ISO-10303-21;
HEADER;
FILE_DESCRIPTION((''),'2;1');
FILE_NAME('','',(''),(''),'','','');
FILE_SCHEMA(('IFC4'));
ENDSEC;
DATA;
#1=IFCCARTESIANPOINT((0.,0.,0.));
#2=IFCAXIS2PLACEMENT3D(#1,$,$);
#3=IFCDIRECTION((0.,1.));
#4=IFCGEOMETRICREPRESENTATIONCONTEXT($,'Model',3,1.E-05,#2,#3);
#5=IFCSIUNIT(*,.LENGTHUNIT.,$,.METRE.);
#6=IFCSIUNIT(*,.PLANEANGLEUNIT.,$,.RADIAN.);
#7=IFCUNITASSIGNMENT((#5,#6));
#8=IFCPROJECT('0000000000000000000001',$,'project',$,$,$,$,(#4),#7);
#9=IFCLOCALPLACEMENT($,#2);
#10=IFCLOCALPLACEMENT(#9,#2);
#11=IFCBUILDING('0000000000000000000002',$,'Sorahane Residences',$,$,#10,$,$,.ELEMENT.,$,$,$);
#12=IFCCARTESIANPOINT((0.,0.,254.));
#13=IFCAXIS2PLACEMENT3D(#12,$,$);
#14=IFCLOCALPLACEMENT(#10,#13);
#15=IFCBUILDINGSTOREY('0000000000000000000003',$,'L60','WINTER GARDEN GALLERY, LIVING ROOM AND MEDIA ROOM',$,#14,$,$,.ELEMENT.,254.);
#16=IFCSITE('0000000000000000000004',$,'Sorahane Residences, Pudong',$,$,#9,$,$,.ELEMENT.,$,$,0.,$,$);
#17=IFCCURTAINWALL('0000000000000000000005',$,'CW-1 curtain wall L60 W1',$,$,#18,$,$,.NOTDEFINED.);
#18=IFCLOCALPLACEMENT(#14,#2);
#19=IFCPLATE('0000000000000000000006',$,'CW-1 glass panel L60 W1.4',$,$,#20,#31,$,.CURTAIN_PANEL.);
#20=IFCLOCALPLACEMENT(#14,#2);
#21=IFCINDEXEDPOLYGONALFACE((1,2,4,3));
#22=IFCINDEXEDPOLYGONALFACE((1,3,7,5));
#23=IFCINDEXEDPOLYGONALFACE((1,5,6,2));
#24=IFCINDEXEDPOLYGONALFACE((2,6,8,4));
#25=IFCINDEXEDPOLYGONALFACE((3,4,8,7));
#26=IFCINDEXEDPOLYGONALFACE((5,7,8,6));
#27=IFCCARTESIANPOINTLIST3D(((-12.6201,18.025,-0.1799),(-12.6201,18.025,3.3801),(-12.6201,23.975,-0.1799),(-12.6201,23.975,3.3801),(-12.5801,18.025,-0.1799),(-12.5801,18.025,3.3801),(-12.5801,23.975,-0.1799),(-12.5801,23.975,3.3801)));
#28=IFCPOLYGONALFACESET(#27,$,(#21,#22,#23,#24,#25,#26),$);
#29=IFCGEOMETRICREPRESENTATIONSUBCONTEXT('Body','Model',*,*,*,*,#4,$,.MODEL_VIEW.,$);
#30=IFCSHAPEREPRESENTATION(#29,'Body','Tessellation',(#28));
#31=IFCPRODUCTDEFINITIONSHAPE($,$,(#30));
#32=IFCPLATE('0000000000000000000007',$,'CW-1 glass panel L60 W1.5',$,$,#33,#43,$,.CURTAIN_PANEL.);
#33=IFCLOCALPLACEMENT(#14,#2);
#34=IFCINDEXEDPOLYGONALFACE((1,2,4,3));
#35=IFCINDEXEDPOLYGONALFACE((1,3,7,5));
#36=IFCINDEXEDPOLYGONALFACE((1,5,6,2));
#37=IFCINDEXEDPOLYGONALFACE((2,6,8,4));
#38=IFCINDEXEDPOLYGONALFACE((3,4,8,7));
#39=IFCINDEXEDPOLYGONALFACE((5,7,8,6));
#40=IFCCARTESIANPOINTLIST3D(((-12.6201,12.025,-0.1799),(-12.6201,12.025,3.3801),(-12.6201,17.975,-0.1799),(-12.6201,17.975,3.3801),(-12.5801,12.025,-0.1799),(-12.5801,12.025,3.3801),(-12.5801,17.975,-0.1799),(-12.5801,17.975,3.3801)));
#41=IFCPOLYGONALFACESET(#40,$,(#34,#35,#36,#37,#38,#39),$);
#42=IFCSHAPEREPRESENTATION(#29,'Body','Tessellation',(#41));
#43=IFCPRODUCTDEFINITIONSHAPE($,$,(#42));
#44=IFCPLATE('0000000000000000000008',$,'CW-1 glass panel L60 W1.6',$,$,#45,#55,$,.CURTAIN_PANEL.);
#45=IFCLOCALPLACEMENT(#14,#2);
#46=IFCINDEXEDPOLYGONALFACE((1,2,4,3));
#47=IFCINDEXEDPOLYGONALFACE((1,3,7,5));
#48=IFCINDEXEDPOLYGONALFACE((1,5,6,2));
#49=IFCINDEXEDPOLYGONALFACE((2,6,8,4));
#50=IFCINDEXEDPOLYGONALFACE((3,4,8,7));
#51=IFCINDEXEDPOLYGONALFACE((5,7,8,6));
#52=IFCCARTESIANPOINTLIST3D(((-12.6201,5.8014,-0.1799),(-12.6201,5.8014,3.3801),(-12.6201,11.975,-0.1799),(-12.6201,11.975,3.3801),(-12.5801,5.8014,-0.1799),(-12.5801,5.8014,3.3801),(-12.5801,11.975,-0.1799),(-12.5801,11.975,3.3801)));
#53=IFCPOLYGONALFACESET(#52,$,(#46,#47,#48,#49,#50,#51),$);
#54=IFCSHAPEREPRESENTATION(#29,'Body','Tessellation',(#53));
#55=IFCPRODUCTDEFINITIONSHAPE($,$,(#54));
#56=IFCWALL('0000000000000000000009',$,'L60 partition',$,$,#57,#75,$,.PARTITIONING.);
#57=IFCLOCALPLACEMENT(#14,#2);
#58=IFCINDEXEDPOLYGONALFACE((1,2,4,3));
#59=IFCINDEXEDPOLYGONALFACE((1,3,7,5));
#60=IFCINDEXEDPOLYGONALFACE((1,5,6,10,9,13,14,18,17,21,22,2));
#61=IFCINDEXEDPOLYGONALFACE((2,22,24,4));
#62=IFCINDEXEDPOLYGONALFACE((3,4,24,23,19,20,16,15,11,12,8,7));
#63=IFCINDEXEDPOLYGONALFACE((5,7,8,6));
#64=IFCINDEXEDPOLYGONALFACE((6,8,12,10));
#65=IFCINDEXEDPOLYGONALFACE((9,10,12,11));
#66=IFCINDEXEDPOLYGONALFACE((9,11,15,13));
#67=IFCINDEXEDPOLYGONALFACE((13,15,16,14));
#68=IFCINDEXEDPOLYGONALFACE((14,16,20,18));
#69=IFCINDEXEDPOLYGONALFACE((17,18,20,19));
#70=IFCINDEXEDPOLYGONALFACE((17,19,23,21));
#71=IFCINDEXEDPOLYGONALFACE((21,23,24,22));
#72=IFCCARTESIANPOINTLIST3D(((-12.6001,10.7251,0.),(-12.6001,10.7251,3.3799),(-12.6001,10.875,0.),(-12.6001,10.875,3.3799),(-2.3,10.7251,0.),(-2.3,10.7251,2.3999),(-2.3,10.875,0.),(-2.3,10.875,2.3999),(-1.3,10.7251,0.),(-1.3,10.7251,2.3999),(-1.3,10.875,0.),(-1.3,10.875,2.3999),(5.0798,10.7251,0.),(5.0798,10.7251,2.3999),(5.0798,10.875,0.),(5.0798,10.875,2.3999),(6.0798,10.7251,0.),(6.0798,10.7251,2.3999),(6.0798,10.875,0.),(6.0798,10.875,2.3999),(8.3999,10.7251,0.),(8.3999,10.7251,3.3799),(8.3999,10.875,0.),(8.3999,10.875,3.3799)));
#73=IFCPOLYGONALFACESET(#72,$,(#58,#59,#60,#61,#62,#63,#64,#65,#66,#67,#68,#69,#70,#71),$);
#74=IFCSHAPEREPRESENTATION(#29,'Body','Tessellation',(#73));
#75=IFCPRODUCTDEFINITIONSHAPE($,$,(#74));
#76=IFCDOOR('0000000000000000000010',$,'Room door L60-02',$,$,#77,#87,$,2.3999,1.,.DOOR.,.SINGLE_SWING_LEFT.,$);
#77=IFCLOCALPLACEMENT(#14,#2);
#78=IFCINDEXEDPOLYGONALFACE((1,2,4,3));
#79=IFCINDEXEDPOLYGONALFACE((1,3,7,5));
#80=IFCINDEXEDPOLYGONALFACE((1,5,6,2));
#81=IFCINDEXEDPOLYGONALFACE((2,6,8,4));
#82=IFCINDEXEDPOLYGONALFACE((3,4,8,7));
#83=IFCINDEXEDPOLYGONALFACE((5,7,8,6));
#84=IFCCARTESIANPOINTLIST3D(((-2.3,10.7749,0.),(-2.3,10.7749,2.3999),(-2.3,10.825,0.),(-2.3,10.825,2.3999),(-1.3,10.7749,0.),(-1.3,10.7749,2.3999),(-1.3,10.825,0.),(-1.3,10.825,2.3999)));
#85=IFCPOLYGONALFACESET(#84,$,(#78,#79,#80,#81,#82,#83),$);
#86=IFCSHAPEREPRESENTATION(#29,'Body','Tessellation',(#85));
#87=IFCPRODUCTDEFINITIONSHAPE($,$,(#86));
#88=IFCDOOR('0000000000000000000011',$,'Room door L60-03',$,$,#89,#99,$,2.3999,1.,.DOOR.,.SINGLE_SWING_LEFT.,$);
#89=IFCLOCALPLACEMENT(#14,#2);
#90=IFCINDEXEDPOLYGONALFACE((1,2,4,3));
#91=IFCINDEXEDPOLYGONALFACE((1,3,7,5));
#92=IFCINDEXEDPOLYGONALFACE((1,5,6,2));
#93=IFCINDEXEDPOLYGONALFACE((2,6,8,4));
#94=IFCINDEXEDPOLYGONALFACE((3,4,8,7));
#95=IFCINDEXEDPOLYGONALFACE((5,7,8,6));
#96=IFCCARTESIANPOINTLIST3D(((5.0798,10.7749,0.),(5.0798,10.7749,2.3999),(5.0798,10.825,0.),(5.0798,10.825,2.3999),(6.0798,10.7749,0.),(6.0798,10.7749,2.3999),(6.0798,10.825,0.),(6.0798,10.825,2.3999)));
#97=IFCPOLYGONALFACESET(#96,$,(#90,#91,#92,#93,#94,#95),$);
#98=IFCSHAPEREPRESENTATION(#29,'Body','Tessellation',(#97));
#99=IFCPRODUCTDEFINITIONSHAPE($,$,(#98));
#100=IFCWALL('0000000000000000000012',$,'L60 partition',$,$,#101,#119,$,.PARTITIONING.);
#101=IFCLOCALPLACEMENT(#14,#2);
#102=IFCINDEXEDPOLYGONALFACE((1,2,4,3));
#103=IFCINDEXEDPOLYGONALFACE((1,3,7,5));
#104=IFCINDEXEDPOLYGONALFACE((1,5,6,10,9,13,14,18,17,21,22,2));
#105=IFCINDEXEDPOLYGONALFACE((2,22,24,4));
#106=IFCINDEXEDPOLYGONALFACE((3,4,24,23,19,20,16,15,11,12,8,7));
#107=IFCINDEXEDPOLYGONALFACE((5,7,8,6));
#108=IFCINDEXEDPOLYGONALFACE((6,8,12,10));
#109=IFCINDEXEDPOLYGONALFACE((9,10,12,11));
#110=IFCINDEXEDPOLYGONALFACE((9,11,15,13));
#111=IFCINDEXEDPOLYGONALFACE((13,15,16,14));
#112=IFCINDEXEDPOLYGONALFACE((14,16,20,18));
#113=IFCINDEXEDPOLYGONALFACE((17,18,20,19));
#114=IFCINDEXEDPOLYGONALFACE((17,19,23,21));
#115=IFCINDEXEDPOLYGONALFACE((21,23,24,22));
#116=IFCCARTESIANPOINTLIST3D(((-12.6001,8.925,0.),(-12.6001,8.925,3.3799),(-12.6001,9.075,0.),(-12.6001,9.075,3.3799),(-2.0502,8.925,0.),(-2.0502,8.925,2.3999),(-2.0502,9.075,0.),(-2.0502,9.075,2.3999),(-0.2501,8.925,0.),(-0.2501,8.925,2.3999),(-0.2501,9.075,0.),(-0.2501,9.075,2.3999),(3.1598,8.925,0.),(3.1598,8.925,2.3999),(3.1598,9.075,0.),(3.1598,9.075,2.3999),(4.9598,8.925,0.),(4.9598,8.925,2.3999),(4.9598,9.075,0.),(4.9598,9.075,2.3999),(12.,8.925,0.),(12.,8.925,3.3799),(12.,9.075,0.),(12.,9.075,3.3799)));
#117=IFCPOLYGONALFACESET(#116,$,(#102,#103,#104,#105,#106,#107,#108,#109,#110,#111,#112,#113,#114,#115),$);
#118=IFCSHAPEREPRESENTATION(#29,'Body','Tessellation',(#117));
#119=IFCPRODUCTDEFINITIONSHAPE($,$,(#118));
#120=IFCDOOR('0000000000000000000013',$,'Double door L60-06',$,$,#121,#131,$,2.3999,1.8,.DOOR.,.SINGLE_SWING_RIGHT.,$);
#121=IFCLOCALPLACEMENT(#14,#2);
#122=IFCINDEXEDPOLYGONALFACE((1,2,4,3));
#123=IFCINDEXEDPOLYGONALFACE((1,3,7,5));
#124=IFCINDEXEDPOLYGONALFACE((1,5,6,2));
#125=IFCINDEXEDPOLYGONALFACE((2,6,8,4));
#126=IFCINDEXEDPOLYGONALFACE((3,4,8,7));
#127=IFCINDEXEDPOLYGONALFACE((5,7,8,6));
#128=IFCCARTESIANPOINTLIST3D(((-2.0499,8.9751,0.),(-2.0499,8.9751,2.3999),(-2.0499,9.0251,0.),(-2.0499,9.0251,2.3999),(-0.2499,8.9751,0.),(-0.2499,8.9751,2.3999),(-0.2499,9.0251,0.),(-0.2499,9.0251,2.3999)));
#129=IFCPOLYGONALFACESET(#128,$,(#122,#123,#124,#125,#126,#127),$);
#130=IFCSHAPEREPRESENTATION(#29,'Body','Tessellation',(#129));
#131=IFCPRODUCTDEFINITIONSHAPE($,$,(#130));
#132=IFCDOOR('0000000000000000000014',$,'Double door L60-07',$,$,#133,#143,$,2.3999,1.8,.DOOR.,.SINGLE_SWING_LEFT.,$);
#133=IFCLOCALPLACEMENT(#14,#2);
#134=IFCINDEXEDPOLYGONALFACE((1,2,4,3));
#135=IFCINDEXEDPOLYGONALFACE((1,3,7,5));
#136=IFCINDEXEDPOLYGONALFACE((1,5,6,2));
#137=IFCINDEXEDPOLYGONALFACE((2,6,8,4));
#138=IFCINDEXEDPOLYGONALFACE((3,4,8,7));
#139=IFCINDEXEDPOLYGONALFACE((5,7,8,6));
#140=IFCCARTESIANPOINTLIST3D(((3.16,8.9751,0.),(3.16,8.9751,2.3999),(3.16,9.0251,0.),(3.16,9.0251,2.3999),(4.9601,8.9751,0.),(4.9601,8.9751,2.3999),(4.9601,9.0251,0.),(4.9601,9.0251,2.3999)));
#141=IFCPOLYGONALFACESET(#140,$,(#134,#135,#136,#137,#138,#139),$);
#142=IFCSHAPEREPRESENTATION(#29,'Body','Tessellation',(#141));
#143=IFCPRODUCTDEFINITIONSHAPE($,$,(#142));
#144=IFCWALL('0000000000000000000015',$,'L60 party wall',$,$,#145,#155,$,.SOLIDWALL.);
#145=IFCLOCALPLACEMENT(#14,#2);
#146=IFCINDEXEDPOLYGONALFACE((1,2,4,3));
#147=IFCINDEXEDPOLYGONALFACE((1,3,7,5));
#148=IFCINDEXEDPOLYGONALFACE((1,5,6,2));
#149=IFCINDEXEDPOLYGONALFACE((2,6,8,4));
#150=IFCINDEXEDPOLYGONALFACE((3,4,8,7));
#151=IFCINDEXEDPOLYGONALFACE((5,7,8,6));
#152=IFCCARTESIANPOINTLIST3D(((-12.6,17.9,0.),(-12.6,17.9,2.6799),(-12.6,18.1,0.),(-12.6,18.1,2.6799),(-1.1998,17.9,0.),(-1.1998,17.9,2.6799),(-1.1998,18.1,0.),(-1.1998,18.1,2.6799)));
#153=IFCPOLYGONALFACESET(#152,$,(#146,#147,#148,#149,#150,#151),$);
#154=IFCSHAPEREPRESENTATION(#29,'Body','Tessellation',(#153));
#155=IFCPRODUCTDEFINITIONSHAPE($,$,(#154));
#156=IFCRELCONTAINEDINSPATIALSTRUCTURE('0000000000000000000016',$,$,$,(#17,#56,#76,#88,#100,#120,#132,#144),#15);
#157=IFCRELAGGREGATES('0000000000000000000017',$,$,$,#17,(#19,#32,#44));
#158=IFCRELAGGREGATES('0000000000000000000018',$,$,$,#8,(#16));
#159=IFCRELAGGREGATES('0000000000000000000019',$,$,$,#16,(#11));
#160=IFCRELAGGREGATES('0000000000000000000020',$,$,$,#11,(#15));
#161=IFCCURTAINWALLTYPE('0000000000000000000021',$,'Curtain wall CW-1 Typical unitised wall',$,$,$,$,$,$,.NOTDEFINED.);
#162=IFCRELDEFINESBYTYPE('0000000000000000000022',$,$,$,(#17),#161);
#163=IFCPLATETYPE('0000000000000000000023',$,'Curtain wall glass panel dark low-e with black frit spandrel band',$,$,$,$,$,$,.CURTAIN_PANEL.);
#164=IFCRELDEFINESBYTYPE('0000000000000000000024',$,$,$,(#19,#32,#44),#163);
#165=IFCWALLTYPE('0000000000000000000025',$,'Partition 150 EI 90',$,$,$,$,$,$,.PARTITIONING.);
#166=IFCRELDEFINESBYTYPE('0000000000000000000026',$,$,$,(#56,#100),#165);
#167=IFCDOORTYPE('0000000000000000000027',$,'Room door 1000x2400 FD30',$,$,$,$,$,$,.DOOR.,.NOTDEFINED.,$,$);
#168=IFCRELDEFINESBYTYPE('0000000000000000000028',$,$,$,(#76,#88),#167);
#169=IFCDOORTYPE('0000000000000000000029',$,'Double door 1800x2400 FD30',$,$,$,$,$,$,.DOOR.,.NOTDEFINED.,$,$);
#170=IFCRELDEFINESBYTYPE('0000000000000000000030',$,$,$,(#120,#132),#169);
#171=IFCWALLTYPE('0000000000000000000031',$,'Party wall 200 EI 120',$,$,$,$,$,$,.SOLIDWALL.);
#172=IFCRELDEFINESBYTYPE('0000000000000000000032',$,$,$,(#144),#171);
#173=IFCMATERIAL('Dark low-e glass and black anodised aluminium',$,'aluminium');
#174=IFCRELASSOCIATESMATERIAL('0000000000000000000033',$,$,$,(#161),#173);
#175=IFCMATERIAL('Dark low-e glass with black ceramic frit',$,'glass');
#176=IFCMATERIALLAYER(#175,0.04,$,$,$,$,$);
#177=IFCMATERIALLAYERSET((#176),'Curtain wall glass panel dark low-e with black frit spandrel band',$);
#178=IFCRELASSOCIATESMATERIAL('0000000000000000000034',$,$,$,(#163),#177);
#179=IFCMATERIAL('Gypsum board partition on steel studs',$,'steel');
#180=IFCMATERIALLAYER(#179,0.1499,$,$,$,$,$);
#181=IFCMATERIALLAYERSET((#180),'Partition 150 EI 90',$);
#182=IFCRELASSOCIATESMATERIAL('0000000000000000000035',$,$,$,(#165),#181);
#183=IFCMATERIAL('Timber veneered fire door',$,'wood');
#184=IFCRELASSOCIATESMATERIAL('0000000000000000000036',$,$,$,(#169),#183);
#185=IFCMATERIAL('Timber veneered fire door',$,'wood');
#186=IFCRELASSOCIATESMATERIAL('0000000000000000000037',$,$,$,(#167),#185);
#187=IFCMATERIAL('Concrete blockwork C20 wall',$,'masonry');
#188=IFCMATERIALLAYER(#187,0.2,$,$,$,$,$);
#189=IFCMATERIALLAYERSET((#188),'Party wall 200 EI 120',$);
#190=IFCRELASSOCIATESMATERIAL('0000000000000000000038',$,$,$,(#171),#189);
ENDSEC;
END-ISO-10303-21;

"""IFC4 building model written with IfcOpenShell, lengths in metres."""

from ifc_helpers import new_model, si_unit, direction, frame, frame_2d, origin, origin_2d, place, context, subcontext, project, spatial, rectangle, extrude, material, layer, layer_set, type_object, element, fill, aggregate, save


model = new_model("IFC4")

# Units and contexts
model_context = context("Model", 3, precision=1e-05, world=origin(), true_north=direction((0.0, 1.0)))
body_context = subcontext(model_context, "Body", "Model", "MODEL_VIEW")
ifc_project = project(units=[si_unit("LENGTHUNIT", "METRE"), si_unit("PLANEANGLEUNIT", "RADIAN")], contexts=[model_context])

# Site, building, storey
site_placement = place(None, origin())
site = spatial("IfcSite", under=ifc_project, at=site_placement, Name="Sorahane Residences, Pudong", CompositionType="ELEMENT", RefElevation=0.0)
building_placement = place(site_placement, origin())
building = spatial("IfcBuilding", under=site, at=building_placement, Name="Sorahane Residences", CompositionType="ELEMENT")
storey_placement = place(building_placement, frame((0.0, 0.0, 254.0)))
storey = spatial("IfcBuildingStorey", under=building, at=storey_placement, Name="L60", Description="WINTER GARDEN GALLERY, LIVING ROOM AND MEDIA ROOM", CompositionType="ELEMENT", Elevation=254.0)

# Curtain wall
ifc_material_1 = material(Name="Dark low-e glass and black anodised aluminium", Category="aluminium")
curtain_wall_type = type_object("IfcCurtainWallType", Name="Curtain wall CW-1 Typical unitised wall", PredefinedType="NOTDEFINED", material=ifc_material_1)
curtain_wall_placement = place(storey_placement, origin())
curtain_wall = element("IfcCurtainWall", 1, at=curtain_wall_placement, inside=storey, type_object=curtain_wall_type, Name="CW-1 curtain wall L60 W1", PredefinedType="NOTDEFINED")

# Plates
ifc_material_2 = material(Name="Dark low-e glass with black ceramic frit", Category="glass")
ifc_layer_1 = layer(ifc_material_2, 0.04)
ifc_layer_set_1 = layer_set([ifc_layer_1], Name="Curtain wall glass panel dark low-e with black frit spandrel band")
plate_type = type_object("IfcPlateType", Name="Curtain wall glass panel dark low-e with black frit spandrel band", PredefinedType="CURTAIN_PANEL", material=ifc_layer_set_1)
plate_1_placement = place(storey_placement, frame((-12.6001, 21.0, -0.1799), z_axis=(0.0, 0.0, 1.0), x_axis=(0.0, -1.0, 0.0)))
plate_1 = element("IfcPlate", 2, at=plate_1_placement, type_object=plate_type, Name="CW-1 glass panel L60 W1.4", PredefinedType="CURTAIN_PANEL", context=body_context, shape_type="SweptSolid", body=[
    extrude(rectangle(XDim=5.95, YDim=0.04, at=origin_2d()), origin(), (0.0, 0.0, 1.0), 3.5601),
])
plate_2_placement = place(storey_placement, frame((-12.6001, 15.0, -0.1799), z_axis=(0.0, 0.0, 1.0), x_axis=(0.0, -1.0, 0.0)))
plate_2 = element("IfcPlate", 3, at=plate_2_placement, type_object=plate_type, Name="CW-1 glass panel L60 W1.5", PredefinedType="CURTAIN_PANEL", context=body_context, shape_type="SweptSolid", body=[
    extrude(rectangle(XDim=5.95, YDim=0.04, at=origin_2d()), origin(), (0.0, 0.0, 1.0), 3.5601),
])
plate_3_placement = place(storey_placement, frame((-12.6001, 8.8882, -0.1799), z_axis=(0.0, 0.0, 1.0), x_axis=(0.0, -1.0, 0.0)))
plate_3 = element("IfcPlate", 4, at=plate_3_placement, type_object=plate_type, Name="CW-1 glass panel L60 W1.6", PredefinedType="CURTAIN_PANEL", context=body_context, shape_type="SweptSolid", body=[
    extrude(rectangle(XDim=6.1736, YDim=0.04, at=origin_2d()), origin(), (0.0, 0.0, 1.0), 3.5601),
])
aggregate(curtain_wall, [plate_1, plate_2, plate_3])

# Walls, openings, doors
ifc_material_3 = material(Name="Gypsum board partition on steel studs", Category="steel")
ifc_layer_2 = layer(ifc_material_3, 0.1499)
ifc_layer_set_2 = layer_set([ifc_layer_2], Name="Partition 150 EI 90")
wall_type_1 = type_object("IfcWallType", Name="Partition 150 EI 90", PredefinedType="PARTITIONING", material=ifc_layer_set_2)
ifc_material_4 = material(Name="Timber veneered fire door", Category="wood")
door_type_1 = type_object("IfcDoorType", Name="Double door 1800x2400 FD30", OperationType="NOTDEFINED", PredefinedType="DOOR", material=ifc_material_4)
ifc_material_5 = material(Name="Timber veneered fire door", Category="wood")
door_type_2 = type_object("IfcDoorType", Name="Room door 1000x2400 FD30", OperationType="NOTDEFINED", PredefinedType="DOOR", material=ifc_material_5)
wall_1_placement = place(storey_placement, frame((-12.6001, 10.8, 0.0), z_axis=(0.0, 0.0, 1.0), x_axis=(1.0, 0.0, 0.0)))
wall_1 = element("IfcWall", 5, at=wall_1_placement, inside=storey, type_object=wall_type_1, Name="L60 partition", PredefinedType="PARTITIONING", context=body_context, shape_type="SweptSolid", body=[
    extrude(rectangle(XDim=21.0, YDim=0.1499, at=frame_2d((10.5, 0.0))), origin(), (0.0, 0.0, 1.0), 3.3799),
])
opening_1_placement = place(wall_1_placement, frame((10.3, 0.0, 0.0)))
opening_1 = element("IfcOpeningElement", 6, at=opening_1_placement, cuts=wall_1, PredefinedType="OPENING", context=body_context, shape_type="SweptSolid", body=[
    extrude(rectangle(XDim=1.0, YDim=2.3999, at=frame_2d((0.5, 1.2))), frame((0.0, 0.085, 0.0), z_axis=(0.0, -1.0, 0.0), x_axis=(1.0, 0.0, 0.0)), (0.0, 0.0, 1.0), 0.1699),
])
opening_2_placement = place(wall_1_placement, frame((17.6799, 0.0, 0.0)))
opening_2 = element("IfcOpeningElement", 7, at=opening_2_placement, cuts=wall_1, PredefinedType="OPENING", context=body_context, shape_type="SweptSolid", body=[
    extrude(rectangle(XDim=1.0, YDim=2.3999, at=frame_2d((0.5, 1.2))), frame((0.0, 0.085, 0.0), z_axis=(0.0, -1.0, 0.0), x_axis=(1.0, 0.0, 0.0)), (0.0, 0.0, 1.0), 0.1699),
])
door_1_placement = place(opening_1_placement, origin())
door_1 = element("IfcDoor", 8, at=door_1_placement, inside=storey, type_object=door_type_2, Name="Room door L60-02", OperationType="SINGLE_SWING_LEFT", OverallHeight=2.3999, OverallWidth=1.0, PredefinedType="DOOR", context=body_context, shape_type="SweptSolid", body=[
    extrude(rectangle(XDim=1.0, YDim=2.3999, at=frame_2d((0.5, 1.2))), frame((0.0, 0.0249, 0.0), z_axis=(0.0, -1.0, 0.0), x_axis=(1.0, 0.0, 0.0)), (0.0, 0.0, 1.0), 0.05),
])
fill(opening_1, door_1)
door_2_placement = place(opening_2_placement, origin())
door_2 = element("IfcDoor", 9, at=door_2_placement, inside=storey, type_object=door_type_2, Name="Room door L60-03", OperationType="SINGLE_SWING_LEFT", OverallHeight=2.3999, OverallWidth=1.0, PredefinedType="DOOR", context=body_context, shape_type="SweptSolid", body=[
    extrude(rectangle(XDim=1.0, YDim=2.3999, at=frame_2d((0.5, 1.2))), frame((0.0, 0.0249, 0.0), z_axis=(0.0, -1.0, 0.0), x_axis=(1.0, 0.0, 0.0)), (0.0, 0.0, 1.0), 0.05),
])
fill(opening_2, door_2)
wall_2_placement = place(storey_placement, frame((-12.6001, 9.0, 0.0), z_axis=(0.0, 0.0, 1.0), x_axis=(1.0, 0.0, 0.0)))
wall_2 = element("IfcWall", 10, at=wall_2_placement, inside=storey, type_object=wall_type_1, Name="L60 partition", PredefinedType="PARTITIONING", context=body_context, shape_type="SweptSolid", body=[
    extrude(rectangle(XDim=24.6001, YDim=0.1499, at=frame_2d((12.3, 0.0))), origin(), (0.0, 0.0, 1.0), 3.3799),
])
opening_3_placement = place(wall_2_placement, frame((10.55, 0.0, 0.0)))
opening_3 = element("IfcOpeningElement", 11, at=opening_3_placement, cuts=wall_2, PredefinedType="OPENING", context=body_context, shape_type="SweptSolid", body=[
    extrude(rectangle(XDim=1.8, YDim=2.3999, at=frame_2d((0.8999, 1.2))), frame((0.0, 0.085, 0.0), z_axis=(0.0, -1.0, 0.0), x_axis=(1.0, 0.0, 0.0)), (0.0, 0.0, 1.0), 0.1699),
])
opening_4_placement = place(wall_2_placement, frame((15.76, 0.0, 0.0)))
opening_4 = element("IfcOpeningElement", 12, at=opening_4_placement, cuts=wall_2, PredefinedType="OPENING", context=body_context, shape_type="SweptSolid", body=[
    extrude(rectangle(XDim=1.8, YDim=2.3999, at=frame_2d((0.8999, 1.2))), frame((0.0, 0.085, 0.0), z_axis=(0.0, -1.0, 0.0), x_axis=(1.0, 0.0, 0.0)), (0.0, 0.0, 1.0), 0.1699),
])
door_3_placement = place(opening_3_placement, frame((1.8, 0.0, 0.0), z_axis=(0.0, 0.0, 1.0), x_axis=(-1.0, 0.0, 0.0)))
door_3 = element("IfcDoor", 13, at=door_3_placement, inside=storey, type_object=door_type_1, Name="Double door L60-06", OperationType="SINGLE_SWING_RIGHT", OverallHeight=2.3999, OverallWidth=1.8, PredefinedType="DOOR", context=body_context, shape_type="SweptSolid", body=[
    extrude(rectangle(XDim=1.8, YDim=2.3999, at=frame_2d((0.8999, 1.2))), frame((0.0, 0.0249, 0.0), z_axis=(0.0, -1.0, 0.0), x_axis=(1.0, 0.0, 0.0)), (0.0, 0.0, 1.0), 0.05),
])
fill(opening_3, door_3)
door_4_placement = place(opening_4_placement, frame((1.8, 0.0, 0.0), z_axis=(0.0, 0.0, 1.0), x_axis=(-1.0, 0.0, 0.0)))
door_4 = element("IfcDoor", 14, at=door_4_placement, inside=storey, type_object=door_type_1, Name="Double door L60-07", OperationType="SINGLE_SWING_LEFT", OverallHeight=2.3999, OverallWidth=1.8, PredefinedType="DOOR", context=body_context, shape_type="SweptSolid", body=[
    extrude(rectangle(XDim=1.8, YDim=2.3999, at=frame_2d((0.8999, 1.2))), frame((0.0, 0.0249, 0.0), z_axis=(0.0, -1.0, 0.0), x_axis=(1.0, 0.0, 0.0)), (0.0, 0.0, 1.0), 0.05),
])
fill(opening_4, door_4)

# Wall
ifc_material_6 = material(Name="Concrete blockwork C20 wall", Category="masonry")
ifc_layer_3 = layer(ifc_material_6, 0.2)
ifc_layer_set_3 = layer_set([ifc_layer_3], Name="Party wall 200 EI 120")
wall_type_2 = type_object("IfcWallType", Name="Party wall 200 EI 120", PredefinedType="SOLIDWALL", material=ifc_layer_set_3)
wall_3_placement = place(storey_placement, frame((-12.6001, 18.0, 0.0), z_axis=(0.0, 0.0, 1.0), x_axis=(1.0, 0.0, 0.0)))
element("IfcWall", 15, at=wall_3_placement, inside=storey, type_object=wall_type_2, Name="L60 party wall", PredefinedType="SOLIDWALL", context=body_context, shape_type="SweptSolid", body=[
    extrude(rectangle(XDim=11.4001, YDim=0.2, at=frame_2d((5.7002, 0.0))), origin(), (0.0, 0.0, 1.0), 2.6799),
])

save(model, "model.ifc")
